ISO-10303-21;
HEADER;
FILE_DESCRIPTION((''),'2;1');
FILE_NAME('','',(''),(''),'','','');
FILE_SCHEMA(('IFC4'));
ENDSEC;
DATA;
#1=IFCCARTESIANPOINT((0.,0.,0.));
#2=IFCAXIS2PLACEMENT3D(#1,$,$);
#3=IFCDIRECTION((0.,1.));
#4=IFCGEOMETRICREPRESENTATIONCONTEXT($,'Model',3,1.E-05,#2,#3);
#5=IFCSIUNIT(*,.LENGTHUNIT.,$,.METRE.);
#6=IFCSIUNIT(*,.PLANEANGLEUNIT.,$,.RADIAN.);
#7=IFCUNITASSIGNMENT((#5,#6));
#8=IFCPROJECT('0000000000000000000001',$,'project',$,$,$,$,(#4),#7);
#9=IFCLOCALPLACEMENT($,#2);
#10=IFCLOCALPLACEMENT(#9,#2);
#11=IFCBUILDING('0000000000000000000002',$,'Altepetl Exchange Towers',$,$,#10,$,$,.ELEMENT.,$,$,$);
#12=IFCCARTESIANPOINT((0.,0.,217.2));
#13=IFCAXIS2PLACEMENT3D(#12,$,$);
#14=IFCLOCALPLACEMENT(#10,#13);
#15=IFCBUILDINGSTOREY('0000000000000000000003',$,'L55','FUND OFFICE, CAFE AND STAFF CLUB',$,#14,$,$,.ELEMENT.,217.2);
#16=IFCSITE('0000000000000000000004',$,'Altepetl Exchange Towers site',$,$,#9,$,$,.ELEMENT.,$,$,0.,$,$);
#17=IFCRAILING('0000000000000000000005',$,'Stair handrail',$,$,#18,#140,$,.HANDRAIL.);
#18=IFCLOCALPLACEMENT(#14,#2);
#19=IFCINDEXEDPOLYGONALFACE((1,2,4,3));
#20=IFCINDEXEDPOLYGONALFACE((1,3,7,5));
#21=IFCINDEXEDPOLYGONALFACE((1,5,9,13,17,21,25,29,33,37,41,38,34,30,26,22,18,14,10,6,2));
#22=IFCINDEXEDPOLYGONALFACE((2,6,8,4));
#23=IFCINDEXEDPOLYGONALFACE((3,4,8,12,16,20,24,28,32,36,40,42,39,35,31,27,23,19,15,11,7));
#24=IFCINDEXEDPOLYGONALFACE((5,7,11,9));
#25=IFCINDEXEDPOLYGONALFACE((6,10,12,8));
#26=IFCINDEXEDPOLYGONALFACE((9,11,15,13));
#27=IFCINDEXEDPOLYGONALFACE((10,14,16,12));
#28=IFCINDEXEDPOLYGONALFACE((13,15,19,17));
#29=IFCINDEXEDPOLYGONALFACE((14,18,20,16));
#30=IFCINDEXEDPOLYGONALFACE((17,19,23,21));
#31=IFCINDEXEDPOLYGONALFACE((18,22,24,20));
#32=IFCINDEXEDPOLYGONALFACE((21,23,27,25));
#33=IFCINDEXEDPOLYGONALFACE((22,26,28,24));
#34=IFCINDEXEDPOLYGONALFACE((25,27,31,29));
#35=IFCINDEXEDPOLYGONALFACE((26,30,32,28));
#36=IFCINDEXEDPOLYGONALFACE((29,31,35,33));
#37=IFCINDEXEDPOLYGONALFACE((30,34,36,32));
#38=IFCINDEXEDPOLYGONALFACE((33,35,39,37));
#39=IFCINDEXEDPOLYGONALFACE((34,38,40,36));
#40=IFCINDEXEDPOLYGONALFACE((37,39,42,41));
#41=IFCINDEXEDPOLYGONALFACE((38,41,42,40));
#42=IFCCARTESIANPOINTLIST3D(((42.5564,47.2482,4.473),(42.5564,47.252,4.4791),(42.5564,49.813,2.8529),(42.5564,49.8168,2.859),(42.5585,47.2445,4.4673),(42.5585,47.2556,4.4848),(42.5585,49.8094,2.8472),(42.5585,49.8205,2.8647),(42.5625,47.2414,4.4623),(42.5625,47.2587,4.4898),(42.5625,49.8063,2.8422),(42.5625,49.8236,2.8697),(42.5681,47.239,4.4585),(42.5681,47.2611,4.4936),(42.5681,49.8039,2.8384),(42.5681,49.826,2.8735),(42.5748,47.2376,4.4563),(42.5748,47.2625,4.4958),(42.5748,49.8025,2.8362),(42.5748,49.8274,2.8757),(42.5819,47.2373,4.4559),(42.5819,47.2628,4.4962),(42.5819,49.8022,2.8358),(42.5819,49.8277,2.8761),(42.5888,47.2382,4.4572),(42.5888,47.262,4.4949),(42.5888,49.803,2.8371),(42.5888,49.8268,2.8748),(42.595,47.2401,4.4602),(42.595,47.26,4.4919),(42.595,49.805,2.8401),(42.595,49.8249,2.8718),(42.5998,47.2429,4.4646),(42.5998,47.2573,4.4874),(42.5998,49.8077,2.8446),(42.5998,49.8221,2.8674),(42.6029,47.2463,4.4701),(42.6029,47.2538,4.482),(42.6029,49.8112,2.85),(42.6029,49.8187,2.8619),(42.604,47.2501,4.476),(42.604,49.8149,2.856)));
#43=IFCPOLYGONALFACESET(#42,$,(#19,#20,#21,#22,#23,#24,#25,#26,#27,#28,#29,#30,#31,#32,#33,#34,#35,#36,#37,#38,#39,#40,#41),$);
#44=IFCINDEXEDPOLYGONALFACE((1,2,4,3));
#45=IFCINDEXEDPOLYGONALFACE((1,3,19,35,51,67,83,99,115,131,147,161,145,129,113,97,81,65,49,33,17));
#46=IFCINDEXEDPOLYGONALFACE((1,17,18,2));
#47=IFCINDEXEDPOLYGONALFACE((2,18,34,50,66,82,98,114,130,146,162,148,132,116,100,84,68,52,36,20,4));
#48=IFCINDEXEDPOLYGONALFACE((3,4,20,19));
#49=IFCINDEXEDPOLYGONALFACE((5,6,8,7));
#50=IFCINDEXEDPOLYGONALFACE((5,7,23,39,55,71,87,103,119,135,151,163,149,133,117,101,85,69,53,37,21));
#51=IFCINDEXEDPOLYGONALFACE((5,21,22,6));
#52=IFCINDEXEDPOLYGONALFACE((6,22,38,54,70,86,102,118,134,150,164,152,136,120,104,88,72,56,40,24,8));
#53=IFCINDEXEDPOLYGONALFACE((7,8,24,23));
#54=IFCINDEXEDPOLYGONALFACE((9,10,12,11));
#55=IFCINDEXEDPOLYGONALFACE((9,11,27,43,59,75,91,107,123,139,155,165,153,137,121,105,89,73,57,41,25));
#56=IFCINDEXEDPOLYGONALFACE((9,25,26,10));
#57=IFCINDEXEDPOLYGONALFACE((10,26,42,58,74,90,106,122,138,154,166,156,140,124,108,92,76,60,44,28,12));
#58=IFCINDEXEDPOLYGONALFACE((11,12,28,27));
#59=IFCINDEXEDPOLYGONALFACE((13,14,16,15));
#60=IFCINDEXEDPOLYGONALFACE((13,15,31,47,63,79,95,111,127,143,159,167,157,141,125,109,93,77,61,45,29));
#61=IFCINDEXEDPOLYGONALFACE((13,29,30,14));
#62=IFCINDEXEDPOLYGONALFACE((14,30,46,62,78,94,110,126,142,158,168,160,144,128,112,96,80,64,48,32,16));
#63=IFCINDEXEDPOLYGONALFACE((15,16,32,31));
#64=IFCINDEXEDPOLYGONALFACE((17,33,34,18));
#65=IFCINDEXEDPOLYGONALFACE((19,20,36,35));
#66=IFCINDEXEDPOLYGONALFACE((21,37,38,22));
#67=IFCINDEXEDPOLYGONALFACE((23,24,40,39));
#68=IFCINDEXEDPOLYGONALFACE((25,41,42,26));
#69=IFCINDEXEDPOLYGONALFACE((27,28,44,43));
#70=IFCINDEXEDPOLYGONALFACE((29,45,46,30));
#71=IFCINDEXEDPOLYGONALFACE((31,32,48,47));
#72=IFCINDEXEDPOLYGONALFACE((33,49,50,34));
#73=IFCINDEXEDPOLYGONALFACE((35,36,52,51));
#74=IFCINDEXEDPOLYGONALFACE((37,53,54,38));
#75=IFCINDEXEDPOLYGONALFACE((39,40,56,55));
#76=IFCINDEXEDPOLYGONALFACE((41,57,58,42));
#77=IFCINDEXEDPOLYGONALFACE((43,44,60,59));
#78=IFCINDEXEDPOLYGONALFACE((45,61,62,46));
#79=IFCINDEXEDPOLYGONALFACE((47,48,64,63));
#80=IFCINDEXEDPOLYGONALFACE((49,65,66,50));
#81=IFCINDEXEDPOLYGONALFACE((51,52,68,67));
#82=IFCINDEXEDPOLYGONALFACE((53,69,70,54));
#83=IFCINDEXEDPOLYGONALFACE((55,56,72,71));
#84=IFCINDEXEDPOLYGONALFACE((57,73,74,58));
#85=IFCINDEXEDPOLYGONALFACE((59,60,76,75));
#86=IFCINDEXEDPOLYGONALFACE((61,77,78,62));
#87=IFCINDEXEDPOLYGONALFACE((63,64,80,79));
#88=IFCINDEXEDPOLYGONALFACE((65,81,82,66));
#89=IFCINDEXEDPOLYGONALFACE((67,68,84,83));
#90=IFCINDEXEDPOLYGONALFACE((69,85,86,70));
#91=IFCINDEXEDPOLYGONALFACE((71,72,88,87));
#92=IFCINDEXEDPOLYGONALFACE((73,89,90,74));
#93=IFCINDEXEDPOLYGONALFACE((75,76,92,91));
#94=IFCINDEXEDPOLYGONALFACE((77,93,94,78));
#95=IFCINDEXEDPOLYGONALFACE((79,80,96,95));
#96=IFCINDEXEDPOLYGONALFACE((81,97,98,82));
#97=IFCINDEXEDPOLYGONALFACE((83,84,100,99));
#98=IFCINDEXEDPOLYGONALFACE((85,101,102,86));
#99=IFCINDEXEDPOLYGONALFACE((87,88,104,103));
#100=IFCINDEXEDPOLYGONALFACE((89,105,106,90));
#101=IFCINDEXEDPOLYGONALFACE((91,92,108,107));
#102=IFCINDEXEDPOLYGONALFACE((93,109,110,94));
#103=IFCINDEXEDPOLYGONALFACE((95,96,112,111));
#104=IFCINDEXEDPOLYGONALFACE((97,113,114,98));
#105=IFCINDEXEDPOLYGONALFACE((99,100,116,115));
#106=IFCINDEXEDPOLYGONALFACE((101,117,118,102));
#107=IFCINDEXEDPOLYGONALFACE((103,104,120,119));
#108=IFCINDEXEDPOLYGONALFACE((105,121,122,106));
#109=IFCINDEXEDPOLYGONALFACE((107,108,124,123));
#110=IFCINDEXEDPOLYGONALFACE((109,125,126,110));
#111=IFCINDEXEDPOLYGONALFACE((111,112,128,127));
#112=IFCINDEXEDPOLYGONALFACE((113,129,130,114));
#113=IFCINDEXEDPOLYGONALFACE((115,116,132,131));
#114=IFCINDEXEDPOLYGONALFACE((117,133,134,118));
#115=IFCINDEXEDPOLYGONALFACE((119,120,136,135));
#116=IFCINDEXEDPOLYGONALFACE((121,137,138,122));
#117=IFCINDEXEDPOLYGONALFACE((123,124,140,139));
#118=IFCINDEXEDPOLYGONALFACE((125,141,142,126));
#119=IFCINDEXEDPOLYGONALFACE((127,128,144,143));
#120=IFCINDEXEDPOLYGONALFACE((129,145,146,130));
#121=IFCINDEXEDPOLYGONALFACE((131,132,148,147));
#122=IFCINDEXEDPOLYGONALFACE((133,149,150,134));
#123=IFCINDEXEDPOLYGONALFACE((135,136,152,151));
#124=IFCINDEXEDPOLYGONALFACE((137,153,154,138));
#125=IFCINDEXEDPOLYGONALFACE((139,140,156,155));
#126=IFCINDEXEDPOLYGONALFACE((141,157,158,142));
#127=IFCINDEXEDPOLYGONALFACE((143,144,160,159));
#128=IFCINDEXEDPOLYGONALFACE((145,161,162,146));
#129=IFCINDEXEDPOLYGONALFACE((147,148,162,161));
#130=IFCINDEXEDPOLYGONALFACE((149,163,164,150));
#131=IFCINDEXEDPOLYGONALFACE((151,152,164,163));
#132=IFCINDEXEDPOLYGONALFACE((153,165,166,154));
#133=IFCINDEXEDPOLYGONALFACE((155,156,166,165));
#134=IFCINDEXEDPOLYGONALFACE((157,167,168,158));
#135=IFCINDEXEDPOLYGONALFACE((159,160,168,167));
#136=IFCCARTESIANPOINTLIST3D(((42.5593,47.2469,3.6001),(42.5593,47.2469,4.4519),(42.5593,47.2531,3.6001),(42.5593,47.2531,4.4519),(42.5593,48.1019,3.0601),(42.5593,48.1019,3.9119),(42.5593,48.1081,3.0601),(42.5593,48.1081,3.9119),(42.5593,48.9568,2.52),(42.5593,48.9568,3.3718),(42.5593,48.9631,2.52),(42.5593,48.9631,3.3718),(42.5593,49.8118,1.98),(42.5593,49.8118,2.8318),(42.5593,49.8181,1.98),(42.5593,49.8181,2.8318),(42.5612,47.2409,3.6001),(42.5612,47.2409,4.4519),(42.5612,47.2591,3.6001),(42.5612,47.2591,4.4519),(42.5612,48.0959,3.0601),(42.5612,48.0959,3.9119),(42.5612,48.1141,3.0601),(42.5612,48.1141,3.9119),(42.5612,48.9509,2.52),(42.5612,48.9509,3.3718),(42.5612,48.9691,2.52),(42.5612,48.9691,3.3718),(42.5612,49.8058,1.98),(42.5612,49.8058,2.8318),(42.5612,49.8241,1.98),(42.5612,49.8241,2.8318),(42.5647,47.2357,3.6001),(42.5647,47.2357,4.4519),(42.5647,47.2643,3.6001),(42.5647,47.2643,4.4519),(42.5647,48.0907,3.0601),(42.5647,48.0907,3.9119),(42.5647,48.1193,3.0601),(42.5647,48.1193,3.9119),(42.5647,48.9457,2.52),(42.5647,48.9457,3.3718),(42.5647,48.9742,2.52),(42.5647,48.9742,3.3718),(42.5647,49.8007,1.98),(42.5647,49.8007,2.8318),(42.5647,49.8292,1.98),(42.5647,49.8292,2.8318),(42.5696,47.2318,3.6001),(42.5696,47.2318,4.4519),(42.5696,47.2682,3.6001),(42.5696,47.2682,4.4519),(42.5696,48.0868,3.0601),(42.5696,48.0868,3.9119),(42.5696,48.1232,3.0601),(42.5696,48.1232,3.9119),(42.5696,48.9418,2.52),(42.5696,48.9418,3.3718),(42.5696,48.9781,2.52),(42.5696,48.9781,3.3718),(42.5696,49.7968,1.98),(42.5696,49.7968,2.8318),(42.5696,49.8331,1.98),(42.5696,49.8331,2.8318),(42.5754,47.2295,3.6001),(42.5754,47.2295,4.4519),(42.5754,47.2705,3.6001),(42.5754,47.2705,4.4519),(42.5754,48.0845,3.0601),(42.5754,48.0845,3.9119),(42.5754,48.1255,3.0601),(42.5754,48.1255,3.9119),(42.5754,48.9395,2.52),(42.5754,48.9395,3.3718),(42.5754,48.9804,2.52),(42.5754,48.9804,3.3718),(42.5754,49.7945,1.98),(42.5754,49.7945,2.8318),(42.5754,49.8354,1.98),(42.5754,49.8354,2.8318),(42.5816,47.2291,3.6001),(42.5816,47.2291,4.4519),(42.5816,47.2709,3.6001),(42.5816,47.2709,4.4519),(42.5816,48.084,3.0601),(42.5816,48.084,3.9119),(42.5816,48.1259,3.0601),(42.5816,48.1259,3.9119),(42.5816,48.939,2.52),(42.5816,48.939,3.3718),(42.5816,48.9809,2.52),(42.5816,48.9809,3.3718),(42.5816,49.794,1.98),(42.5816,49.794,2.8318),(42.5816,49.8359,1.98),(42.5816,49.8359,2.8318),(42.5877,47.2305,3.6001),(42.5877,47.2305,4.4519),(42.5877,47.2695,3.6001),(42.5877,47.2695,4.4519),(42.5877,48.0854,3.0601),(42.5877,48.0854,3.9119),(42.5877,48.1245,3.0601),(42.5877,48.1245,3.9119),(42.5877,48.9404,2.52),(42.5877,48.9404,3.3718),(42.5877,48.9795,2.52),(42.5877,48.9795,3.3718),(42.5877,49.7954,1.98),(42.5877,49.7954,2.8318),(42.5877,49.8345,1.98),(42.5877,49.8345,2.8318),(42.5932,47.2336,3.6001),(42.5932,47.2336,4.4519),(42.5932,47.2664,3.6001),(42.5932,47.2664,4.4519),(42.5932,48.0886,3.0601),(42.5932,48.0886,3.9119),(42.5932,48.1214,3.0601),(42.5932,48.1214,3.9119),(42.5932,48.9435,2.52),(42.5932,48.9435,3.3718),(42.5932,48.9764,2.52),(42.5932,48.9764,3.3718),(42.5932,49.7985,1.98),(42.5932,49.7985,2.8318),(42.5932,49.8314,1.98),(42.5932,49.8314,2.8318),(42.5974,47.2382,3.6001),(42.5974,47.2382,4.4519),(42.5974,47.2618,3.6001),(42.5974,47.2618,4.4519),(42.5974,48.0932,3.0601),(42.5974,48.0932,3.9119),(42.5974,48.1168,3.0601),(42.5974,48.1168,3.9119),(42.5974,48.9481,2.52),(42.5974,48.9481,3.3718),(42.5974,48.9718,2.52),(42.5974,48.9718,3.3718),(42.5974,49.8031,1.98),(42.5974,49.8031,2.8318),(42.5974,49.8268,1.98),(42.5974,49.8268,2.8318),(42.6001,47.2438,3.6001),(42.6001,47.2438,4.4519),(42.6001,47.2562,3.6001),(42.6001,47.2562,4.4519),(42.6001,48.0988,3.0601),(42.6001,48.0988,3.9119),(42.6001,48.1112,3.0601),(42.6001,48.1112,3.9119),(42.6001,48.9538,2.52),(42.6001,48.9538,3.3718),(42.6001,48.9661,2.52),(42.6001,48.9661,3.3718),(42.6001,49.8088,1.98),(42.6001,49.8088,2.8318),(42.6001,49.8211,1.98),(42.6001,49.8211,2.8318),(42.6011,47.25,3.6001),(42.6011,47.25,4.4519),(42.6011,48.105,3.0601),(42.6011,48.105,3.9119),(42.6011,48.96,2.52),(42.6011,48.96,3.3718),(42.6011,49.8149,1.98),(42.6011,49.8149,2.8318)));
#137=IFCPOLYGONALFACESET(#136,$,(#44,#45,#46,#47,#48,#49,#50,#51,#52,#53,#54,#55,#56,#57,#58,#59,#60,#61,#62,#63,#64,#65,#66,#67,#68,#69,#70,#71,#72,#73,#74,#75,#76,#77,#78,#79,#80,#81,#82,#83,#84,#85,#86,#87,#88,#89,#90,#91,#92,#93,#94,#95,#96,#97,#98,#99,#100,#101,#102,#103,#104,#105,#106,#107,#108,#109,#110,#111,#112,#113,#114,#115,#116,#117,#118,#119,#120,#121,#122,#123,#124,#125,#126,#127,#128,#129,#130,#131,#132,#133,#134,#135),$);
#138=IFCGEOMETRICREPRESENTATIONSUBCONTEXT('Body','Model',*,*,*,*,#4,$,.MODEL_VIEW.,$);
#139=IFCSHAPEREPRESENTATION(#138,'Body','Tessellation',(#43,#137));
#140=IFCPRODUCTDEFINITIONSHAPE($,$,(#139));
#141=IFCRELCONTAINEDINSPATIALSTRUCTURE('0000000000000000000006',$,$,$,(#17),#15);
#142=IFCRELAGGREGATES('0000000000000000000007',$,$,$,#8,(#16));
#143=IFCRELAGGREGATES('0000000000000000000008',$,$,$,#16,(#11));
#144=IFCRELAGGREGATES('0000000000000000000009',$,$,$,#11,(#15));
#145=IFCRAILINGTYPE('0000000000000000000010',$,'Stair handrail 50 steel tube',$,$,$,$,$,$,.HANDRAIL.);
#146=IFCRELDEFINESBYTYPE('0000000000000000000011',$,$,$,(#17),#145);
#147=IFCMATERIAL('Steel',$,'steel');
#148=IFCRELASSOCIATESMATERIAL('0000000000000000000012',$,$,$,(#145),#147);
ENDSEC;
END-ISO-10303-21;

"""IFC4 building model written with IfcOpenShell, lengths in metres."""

from ifc_helpers import new_model, si_unit, direction, frame, origin, origin_2d, place, context, subcontext, project, spatial, circle, extrude, source, transform, mapped, material, type_object, element, save


model = new_model("IFC4")

# Units and contexts
model_context = context("Model", 3, precision=1e-05, world=origin(), true_north=direction((0.0, 1.0)))
body_context = subcontext(model_context, "Body", "Model", "MODEL_VIEW")
ifc_project = project(units=[si_unit("LENGTHUNIT", "METRE"), si_unit("PLANEANGLEUNIT", "RADIAN")], contexts=[model_context])

# Site, building, storey
site_placement = place(None, origin())
site = spatial("IfcSite", under=ifc_project, at=site_placement, Name="Altepetl Exchange Towers site", CompositionType="ELEMENT", RefElevation=0.0)
building_placement = place(site_placement, origin())
building = spatial("IfcBuilding", under=site, at=building_placement, Name="Altepetl Exchange Towers", CompositionType="ELEMENT")
storey_placement = place(building_placement, frame((0.0, 0.0, 217.2)))
storey = spatial("IfcBuildingStorey", under=building, at=storey_placement, Name="L55", Description="FUND OFFICE, CAFE AND STAFF CLUB", CompositionType="ELEMENT", Elevation=217.2)

# Railing
ifc_material_1 = material(Name="Steel", Category="steel")
railing_type = type_object("IfcRailingType", Name="Stair handrail 50 steel tube", PredefinedType="HANDRAIL", material=ifc_material_1)
shared_shape = source(origin(), body_context, "Body", "SweptSolid", [
    extrude(circle(Radius=0.021, at=origin_2d()), origin(), (0.0, 0.0, 1.0), 0.8518),
])
railing_1_placement = place(storey_placement, frame((42.5801, 49.8149, 1.98)))
element("IfcRailing", 1, at=railing_1_placement, inside=storey, type_object=railing_type, Name="Stair handrail", PredefinedType="HANDRAIL", context=body_context, shape_type="SweptSolid", body=[
    extrude(circle(Radius=0.0239, at=origin_2d()), frame((0.0, 0.0, 0.876), z_axis=(0.0, -0.845466, 0.534029), x_axis=(1.0, 0.0, 0.0)), (0.0, 0.0, 1.0), 3.0337),
    mapped(shared_shape, transform((0.0, 0.0, 0.0))),
    mapped(shared_shape, transform((0.0, -0.855, 0.54))),
    mapped(shared_shape, transform((0.0, -1.71, 1.0801))),
    mapped(shared_shape, transform((0.0, -2.5649, 1.6201))),
])

save(model, "model.ifc")
